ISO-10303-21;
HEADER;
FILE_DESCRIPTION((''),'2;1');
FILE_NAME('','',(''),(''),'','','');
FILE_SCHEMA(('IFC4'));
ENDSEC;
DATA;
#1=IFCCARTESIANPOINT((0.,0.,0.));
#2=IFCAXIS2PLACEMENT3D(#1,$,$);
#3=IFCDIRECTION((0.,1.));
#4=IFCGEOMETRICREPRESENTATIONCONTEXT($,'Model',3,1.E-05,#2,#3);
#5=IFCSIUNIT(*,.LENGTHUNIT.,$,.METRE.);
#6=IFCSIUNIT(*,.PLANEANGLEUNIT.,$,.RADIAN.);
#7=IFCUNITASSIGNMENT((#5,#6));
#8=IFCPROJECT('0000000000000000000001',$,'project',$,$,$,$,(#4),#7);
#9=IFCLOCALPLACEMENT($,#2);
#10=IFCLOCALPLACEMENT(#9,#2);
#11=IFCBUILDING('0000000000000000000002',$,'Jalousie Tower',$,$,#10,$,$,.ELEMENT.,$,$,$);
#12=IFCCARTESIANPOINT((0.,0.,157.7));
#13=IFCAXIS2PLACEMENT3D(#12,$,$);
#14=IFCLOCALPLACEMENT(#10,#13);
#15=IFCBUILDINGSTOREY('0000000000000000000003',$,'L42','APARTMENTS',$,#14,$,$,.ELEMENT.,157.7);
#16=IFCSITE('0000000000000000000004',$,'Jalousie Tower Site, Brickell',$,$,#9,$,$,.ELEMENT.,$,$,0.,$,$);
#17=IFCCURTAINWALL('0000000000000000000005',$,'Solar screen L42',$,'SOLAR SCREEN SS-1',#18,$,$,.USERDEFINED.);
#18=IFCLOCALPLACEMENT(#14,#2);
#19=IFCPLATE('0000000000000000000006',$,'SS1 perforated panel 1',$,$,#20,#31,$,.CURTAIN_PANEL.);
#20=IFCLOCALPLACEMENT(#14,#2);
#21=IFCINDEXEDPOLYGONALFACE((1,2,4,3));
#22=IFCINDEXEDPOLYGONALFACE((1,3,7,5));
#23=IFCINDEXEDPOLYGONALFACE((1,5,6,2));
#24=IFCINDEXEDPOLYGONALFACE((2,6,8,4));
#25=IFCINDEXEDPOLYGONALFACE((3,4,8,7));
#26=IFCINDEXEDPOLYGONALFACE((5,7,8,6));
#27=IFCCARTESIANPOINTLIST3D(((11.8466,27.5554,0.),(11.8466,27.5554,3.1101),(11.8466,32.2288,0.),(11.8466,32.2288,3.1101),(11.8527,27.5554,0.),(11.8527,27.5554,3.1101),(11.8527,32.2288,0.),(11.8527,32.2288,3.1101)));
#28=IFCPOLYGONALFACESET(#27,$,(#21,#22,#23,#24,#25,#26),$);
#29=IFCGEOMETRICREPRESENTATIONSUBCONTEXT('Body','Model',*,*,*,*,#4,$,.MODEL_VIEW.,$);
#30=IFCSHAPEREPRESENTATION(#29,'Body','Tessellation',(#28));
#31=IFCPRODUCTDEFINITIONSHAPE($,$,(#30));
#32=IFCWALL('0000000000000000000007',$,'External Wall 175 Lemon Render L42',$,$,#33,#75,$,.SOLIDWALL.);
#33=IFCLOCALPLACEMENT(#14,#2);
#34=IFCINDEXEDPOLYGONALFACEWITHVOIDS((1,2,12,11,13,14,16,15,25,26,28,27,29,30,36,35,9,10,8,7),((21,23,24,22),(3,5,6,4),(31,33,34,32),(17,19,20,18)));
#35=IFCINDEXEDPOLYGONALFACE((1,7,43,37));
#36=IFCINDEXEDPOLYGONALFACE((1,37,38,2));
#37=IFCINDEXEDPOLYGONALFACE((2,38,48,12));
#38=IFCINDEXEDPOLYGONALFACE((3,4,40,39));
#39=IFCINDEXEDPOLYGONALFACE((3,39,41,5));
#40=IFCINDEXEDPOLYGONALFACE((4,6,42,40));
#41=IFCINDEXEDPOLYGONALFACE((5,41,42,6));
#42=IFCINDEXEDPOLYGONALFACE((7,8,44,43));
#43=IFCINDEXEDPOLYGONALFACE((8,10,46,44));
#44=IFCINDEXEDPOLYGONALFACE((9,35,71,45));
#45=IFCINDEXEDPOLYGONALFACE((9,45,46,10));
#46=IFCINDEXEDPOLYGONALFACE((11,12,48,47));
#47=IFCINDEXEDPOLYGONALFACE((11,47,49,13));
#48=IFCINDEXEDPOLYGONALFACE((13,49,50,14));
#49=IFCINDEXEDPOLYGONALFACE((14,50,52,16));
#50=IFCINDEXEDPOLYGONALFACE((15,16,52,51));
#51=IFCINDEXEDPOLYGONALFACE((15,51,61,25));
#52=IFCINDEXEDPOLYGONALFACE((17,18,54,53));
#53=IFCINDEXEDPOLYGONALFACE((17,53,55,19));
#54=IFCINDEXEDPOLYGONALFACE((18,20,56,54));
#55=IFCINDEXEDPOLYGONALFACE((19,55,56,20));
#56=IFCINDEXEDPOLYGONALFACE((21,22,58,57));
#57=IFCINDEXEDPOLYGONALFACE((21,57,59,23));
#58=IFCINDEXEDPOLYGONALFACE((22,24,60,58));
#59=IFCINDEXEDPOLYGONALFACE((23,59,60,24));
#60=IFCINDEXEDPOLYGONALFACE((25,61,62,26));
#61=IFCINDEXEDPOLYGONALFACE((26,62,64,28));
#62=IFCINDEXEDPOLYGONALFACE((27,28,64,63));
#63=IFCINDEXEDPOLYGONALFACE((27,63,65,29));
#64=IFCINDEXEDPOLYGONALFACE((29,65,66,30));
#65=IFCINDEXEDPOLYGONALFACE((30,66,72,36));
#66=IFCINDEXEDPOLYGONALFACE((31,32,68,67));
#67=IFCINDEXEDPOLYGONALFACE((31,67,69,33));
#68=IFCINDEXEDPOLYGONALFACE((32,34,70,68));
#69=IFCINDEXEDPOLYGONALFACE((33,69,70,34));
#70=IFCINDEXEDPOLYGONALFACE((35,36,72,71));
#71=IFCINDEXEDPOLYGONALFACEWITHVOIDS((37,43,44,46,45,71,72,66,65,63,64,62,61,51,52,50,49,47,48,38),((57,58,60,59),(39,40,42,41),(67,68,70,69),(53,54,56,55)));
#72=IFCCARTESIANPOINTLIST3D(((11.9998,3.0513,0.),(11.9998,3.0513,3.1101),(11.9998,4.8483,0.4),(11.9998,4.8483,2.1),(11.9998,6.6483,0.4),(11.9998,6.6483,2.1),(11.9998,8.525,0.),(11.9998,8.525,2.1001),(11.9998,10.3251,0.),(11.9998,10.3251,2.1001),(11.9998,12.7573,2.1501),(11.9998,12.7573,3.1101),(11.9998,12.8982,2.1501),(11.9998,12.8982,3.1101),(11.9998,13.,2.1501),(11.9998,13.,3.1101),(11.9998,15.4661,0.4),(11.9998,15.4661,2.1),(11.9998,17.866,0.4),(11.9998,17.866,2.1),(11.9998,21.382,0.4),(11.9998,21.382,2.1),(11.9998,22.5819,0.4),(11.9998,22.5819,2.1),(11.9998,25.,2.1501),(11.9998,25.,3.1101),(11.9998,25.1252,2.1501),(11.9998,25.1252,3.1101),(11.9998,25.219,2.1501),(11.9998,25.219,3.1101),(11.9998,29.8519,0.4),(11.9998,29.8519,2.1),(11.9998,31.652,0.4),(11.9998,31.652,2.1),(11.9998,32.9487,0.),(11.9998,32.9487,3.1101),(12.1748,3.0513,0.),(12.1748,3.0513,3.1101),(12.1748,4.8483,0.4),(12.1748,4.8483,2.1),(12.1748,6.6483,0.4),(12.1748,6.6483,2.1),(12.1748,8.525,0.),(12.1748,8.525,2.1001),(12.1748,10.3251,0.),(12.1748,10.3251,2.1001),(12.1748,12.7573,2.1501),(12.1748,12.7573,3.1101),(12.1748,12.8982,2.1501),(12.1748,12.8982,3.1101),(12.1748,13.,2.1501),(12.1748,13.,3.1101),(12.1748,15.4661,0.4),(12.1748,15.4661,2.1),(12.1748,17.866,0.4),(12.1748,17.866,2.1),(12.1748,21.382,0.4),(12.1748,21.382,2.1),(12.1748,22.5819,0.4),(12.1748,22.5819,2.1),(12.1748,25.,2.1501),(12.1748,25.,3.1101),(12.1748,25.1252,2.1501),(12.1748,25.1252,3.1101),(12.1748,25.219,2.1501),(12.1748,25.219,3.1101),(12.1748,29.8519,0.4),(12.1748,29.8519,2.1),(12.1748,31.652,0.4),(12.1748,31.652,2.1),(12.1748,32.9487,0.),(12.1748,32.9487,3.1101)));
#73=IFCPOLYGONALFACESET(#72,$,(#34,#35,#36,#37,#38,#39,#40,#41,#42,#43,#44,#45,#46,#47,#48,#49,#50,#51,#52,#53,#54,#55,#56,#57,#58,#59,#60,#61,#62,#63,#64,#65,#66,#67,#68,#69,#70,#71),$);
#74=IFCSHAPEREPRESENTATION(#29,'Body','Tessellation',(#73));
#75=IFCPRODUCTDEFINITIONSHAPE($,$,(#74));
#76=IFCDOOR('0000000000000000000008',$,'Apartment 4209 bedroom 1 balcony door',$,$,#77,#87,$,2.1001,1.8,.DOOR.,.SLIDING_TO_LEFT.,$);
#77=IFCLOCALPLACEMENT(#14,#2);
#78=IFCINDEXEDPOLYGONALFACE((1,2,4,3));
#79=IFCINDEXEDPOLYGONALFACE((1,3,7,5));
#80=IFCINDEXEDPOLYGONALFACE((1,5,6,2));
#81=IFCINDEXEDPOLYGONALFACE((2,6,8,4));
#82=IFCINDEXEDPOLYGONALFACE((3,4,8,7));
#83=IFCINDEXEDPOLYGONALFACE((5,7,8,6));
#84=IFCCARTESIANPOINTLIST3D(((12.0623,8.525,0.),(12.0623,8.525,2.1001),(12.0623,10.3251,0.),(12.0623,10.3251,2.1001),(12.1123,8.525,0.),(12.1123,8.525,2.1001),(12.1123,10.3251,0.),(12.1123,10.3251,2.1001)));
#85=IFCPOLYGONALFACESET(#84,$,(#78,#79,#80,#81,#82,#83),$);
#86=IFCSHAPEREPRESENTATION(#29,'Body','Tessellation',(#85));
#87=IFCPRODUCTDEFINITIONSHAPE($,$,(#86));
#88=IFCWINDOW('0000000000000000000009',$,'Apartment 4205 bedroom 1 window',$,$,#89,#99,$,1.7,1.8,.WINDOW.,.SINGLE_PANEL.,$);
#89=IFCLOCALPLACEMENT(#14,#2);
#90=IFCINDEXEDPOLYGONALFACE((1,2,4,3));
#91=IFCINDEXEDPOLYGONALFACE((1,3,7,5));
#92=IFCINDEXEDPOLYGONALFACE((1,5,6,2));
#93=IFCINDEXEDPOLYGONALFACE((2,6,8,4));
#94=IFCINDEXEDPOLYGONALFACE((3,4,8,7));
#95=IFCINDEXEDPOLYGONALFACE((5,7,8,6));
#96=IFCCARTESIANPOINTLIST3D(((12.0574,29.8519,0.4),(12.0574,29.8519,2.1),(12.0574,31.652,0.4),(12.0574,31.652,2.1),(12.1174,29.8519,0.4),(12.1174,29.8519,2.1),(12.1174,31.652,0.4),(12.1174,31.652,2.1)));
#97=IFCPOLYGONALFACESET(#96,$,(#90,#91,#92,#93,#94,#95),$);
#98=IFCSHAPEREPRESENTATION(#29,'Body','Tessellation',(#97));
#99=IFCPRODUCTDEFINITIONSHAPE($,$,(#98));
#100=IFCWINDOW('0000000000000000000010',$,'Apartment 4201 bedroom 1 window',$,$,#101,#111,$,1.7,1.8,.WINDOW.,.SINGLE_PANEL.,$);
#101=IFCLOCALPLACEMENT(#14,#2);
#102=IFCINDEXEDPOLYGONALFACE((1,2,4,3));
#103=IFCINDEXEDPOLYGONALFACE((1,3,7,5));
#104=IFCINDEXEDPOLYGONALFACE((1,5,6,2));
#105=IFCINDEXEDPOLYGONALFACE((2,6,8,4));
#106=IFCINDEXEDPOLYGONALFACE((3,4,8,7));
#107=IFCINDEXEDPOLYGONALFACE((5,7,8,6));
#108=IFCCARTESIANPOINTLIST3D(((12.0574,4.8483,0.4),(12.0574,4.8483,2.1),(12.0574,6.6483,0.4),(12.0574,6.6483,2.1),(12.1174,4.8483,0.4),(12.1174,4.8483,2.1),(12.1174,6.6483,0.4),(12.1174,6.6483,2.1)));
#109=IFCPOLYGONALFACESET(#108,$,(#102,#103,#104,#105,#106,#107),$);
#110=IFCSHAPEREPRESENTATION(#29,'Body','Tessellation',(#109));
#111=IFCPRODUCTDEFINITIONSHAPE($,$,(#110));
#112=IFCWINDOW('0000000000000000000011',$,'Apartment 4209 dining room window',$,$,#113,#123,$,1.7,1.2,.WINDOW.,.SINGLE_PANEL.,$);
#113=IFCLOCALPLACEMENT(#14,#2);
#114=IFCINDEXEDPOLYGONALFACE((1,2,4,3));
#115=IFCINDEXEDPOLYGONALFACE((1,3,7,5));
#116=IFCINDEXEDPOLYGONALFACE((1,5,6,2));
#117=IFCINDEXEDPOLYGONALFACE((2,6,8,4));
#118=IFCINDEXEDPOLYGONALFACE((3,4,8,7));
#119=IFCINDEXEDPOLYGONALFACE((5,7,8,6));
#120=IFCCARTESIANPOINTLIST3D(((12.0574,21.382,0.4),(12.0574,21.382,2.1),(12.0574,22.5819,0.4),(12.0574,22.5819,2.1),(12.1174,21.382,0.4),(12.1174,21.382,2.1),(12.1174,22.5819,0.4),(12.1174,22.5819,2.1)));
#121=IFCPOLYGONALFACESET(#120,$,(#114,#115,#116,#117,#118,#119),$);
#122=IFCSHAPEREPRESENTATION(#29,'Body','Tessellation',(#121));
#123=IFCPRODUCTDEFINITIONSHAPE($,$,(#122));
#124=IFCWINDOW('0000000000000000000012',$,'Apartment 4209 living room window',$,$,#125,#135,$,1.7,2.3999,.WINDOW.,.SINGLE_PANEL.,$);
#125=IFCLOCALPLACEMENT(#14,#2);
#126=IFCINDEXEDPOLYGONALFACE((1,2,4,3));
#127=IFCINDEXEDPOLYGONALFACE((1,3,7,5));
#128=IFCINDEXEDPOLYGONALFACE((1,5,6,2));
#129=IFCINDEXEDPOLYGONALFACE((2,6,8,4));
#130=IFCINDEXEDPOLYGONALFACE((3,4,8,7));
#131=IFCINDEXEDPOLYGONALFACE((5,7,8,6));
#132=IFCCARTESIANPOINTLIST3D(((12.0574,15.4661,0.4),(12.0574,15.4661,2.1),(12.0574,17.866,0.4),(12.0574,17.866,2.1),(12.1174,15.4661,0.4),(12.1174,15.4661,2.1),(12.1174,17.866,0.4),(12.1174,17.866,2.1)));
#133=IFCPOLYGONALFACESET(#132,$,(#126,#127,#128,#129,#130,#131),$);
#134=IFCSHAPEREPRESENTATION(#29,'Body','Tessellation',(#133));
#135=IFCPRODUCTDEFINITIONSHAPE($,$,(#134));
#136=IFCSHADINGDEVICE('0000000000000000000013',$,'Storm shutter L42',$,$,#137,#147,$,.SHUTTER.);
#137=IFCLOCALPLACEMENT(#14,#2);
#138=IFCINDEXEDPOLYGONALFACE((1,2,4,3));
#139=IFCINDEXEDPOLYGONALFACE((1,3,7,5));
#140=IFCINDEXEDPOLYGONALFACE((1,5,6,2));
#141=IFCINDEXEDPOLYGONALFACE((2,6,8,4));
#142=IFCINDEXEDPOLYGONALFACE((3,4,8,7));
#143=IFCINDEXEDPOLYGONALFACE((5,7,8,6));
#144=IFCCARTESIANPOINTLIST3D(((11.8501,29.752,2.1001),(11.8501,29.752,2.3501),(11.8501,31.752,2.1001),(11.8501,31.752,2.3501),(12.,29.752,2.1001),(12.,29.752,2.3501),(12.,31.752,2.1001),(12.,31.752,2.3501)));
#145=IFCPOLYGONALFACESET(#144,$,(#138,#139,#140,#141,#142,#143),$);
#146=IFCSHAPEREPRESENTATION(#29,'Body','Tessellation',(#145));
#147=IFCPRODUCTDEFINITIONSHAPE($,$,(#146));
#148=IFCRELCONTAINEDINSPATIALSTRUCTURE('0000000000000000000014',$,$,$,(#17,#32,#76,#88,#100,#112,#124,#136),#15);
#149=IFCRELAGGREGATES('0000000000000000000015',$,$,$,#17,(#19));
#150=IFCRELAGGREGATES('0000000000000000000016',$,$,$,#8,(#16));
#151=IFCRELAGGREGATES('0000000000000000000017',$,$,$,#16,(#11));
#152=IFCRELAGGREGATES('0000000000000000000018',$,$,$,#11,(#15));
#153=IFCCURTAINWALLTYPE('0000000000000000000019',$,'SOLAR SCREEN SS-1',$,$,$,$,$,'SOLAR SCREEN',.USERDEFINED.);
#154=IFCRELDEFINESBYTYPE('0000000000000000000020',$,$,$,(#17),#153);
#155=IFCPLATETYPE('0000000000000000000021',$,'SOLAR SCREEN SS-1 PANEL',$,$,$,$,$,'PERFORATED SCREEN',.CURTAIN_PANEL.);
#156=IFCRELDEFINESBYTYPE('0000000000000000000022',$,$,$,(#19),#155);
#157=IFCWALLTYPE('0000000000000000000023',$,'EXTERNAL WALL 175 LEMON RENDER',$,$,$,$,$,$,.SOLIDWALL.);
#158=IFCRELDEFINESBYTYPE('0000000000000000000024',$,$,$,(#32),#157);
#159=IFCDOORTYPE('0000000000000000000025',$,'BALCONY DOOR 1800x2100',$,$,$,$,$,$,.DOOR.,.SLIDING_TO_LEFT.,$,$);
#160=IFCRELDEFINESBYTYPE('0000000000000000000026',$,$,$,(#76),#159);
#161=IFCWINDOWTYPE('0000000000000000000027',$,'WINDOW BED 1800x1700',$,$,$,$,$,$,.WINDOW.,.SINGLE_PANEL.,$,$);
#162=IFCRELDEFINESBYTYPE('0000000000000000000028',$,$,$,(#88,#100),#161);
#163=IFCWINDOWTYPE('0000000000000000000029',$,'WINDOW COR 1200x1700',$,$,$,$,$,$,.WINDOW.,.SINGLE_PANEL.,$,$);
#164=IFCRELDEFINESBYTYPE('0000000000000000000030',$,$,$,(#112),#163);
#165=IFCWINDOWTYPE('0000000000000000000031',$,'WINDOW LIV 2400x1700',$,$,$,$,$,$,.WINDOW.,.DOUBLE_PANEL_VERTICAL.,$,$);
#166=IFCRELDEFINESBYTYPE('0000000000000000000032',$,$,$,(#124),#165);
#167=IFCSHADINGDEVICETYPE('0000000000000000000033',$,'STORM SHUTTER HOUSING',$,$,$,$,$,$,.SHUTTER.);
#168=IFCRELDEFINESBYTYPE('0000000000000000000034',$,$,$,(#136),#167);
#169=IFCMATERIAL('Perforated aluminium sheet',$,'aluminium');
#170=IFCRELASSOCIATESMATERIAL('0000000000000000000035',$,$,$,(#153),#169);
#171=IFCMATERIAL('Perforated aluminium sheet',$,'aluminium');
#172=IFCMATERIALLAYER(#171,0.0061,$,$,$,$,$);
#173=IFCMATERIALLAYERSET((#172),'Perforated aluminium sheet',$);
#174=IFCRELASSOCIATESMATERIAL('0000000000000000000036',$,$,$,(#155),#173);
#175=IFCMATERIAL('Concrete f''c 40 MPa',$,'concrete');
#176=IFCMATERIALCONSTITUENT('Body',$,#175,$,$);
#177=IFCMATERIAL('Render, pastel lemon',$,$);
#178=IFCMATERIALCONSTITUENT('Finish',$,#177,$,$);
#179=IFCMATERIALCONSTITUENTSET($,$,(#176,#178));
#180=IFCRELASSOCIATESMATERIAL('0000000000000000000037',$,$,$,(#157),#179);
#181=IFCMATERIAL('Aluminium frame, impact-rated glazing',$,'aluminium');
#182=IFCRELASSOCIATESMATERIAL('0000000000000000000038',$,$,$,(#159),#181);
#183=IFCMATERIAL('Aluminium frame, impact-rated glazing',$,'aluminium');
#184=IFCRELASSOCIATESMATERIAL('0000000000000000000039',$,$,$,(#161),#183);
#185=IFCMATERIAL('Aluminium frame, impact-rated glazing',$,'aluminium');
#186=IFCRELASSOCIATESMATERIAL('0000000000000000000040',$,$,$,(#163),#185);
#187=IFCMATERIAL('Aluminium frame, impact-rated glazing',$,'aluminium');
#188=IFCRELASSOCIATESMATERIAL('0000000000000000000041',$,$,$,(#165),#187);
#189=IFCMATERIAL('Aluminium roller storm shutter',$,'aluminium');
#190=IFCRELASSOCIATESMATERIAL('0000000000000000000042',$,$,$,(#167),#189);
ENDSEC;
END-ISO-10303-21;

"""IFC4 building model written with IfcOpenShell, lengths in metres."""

from ifc_helpers import new_model, si_unit, direction, frame, frame_2d, origin, origin_2d, place, context, subcontext, project, spatial, polyline, rectangle, outline, extrude, material, layer, layer_set, constituent, constituent_set, type_object, element, fill, aggregate, save


model = new_model("IFC4")

# Units and contexts
model_context = context("Model", 3, precision=1e-05, world=origin(), true_north=direction((0.0, 1.0)))
body_context = subcontext(model_context, "Body", "Model", "MODEL_VIEW")
ifc_project = project(units=[si_unit("LENGTHUNIT", "METRE"), si_unit("PLANEANGLEUNIT", "RADIAN")], contexts=[model_context])

# Site, building, storey
site_placement = place(None, origin())
site = spatial("IfcSite", under=ifc_project, at=site_placement, Name="Jalousie Tower Site, Brickell", CompositionType="ELEMENT", RefElevation=0.0)
building_placement = place(site_placement, origin())
building = spatial("IfcBuilding", under=site, at=building_placement, Name="Jalousie Tower", CompositionType="ELEMENT")
storey_placement = place(building_placement, frame((0.0, 0.0, 157.7)))
storey = spatial("IfcBuildingStorey", under=building, at=storey_placement, Name="L42", Description="APARTMENTS", CompositionType="ELEMENT", Elevation=157.7)

# Curtain wall
ifc_material_1 = material(Name="Perforated aluminium sheet", Category="aluminium")
curtain_wall_type_1 = type_object("IfcCurtainWallType", Name="SOLAR SCREEN SS-1", ElementType="SOLAR SCREEN", PredefinedType="USERDEFINED", material=ifc_material_1)
curtain_wall_1_placement = place(storey_placement, origin())
curtain_wall_1 = element("IfcCurtainWall", 1, at=curtain_wall_1_placement, inside=storey, type_object=curtain_wall_type_1, Name="Solar screen L42", ObjectType="SOLAR SCREEN SS-1", PredefinedType="USERDEFINED")

# Plate
ifc_material_2 = material(Name="Perforated aluminium sheet", Category="aluminium")
ifc_layer_1 = layer(ifc_material_2, 0.0061)
ifc_layer_set_1 = layer_set([ifc_layer_1], Name="Perforated aluminium sheet")
plate_type_1 = type_object("IfcPlateType", Name="SOLAR SCREEN SS-1 PANEL", ElementType="PERFORATED SCREEN", PredefinedType="CURTAIN_PANEL", material=ifc_layer_set_1)
plate_1_placement = place(storey_placement, frame((11.8496, 29.8921, 0.0), z_axis=(0.0, 0.0, 1.0), x_axis=(0.0, -1.0, 0.0)))
plate_1 = element("IfcPlate", 2, at=plate_1_placement, type_object=plate_type_1, Name="SS1 perforated panel 1", PredefinedType="CURTAIN_PANEL", context=body_context, shape_type="SweptSolid", body=[
    extrude(rectangle(XDim=4.6733, YDim=0.0061, at=origin_2d()), origin(), (0.0, 0.0, 1.0), 3.1101),
])
aggregate(curtain_wall_1, [plate_1])

# Wall, openings, door, windows
ifc_material_3 = material(Name="Concrete f'c 40 MPa", Category="concrete")
ifc_constituent_1 = constituent(ifc_material_3, Name="Body")
ifc_material_4 = material(Name="Render, pastel lemon")
ifc_constituent_2 = constituent(ifc_material_4, Name="Finish")
ifc_constituent_set = constituent_set(constituents=[ifc_constituent_1, ifc_constituent_2])
wall_type = type_object("IfcWallType", Name="EXTERNAL WALL 175 LEMON RENDER", PredefinedType="SOLIDWALL", material=ifc_constituent_set)
wall_placement = place(storey_placement, frame((12.0874, 32.9487, 0.0), z_axis=(0.0, 0.0, 1.0), x_axis=(0.0, -1.0, 0.0)))
wall = element("IfcWall", 3, at=wall_placement, inside=storey, type_object=wall_type, Name="External Wall 175 Lemon Render L42", PredefinedType="SOLIDWALL", context=body_context, shape_type="SweptSolid", body=[
    extrude(outline(polyline([(0.0, 0.0), (29.8975, 0.0), (29.8975, 3.1101), (20.1914, 3.1101), (20.1914, 2.1501), (20.0505, 2.1501), (20.0505, 3.1101), (19.9487, 3.1101), (19.9487, 2.1501), (7.9487, 2.1501), (7.9487, 3.1101), (7.8235, 3.1101), (7.8235, 2.1501), (7.7297, 2.1501), (7.7297, 3.1101), (0.0, 3.1101), (0.0, 0.0)])), frame((0.0, 0.0874, 0.0), z_axis=(0.0, -1.0, 0.0), x_axis=(1.0, 0.0, 0.0)), (0.0, 0.0, 1.0), 0.175),
])
opening_1_placement = place(wall_placement, frame((1.2969, 0.0, 0.3999)))
opening_1 = element("IfcOpeningElement", 4, at=opening_1_placement, cuts=wall, PredefinedType="OPENING", context=body_context, shape_type="SweptSolid", body=[
    extrude(rectangle(XDim=1.8, YDim=1.7, at=frame_2d((0.8999, 0.8501))), frame((0.0, 0.0974, 0.0), z_axis=(0.0, -1.0, 0.0), x_axis=(1.0, 0.0, 0.0)), (0.0, 0.0, 1.0), 0.1951),
])
opening_2_placement = place(wall_placement, frame((10.3667, 0.0, 0.3999)))
opening_2 = element("IfcOpeningElement", 5, at=opening_2_placement, cuts=wall, PredefinedType="OPENING", context=body_context, shape_type="SweptSolid", body=[
    extrude(rectangle(XDim=1.2, YDim=1.7, at=frame_2d((0.6001, 0.8501))), frame((0.0, 0.0974, 0.0), z_axis=(0.0, -1.0, 0.0), x_axis=(1.0, 0.0, 0.0)), (0.0, 0.0, 1.0), 0.1951),
])
opening_3_placement = place(wall_placement, frame((15.0828, 0.0, 0.3999)))
opening_3 = element("IfcOpeningElement", 6, at=opening_3_placement, cuts=wall, PredefinedType="OPENING", context=body_context, shape_type="SweptSolid", body=[
    extrude(rectangle(XDim=2.3999, YDim=1.7, at=frame_2d((1.2, 0.8501))), frame((0.0, 0.0974, 0.0), z_axis=(0.0, -1.0, 0.0), x_axis=(1.0, 0.0, 0.0)), (0.0, 0.0, 1.0), 0.1951),
])
opening_4_placement = place(wall_placement, frame((22.6238, 0.0, 0.0)))
opening_4 = element("IfcOpeningElement", 7, at=opening_4_placement, cuts=wall, PredefinedType="OPENING", context=body_context, shape_type="SweptSolid", body=[
    extrude(rectangle(XDim=1.8, YDim=2.1001, at=frame_2d((0.8999, 1.05))), frame((0.0, 0.0974, 0.0), z_axis=(0.0, -1.0, 0.0), x_axis=(1.0, 0.0, 0.0)), (0.0, 0.0, 1.0), 0.1951),
])
opening_5_placement = place(wall_placement, frame((26.3005, 0.0, 0.3999)))
opening_5 = element("IfcOpeningElement", 8, at=opening_5_placement, cuts=wall, PredefinedType="OPENING", context=body_context, shape_type="SweptSolid", body=[
    extrude(rectangle(XDim=1.8, YDim=1.7, at=frame_2d((0.8999, 0.8501))), frame((0.0, 0.0974, 0.0), z_axis=(0.0, -1.0, 0.0), x_axis=(1.0, 0.0, 0.0)), (0.0, 0.0, 1.0), 0.1951),
])
ifc_material_5 = material(Name="Aluminium frame, impact-rated glazing", Category="aluminium")
door_type = type_object("IfcDoorType", Name="BALCONY DOOR 1800x2100", OperationType="SLIDING_TO_LEFT", PredefinedType="DOOR", material=ifc_material_5)
door_placement = place(opening_4_placement, origin())
door = element("IfcDoor", 9, at=door_placement, inside=storey, type_object=door_type, Name="Apartment 4209 bedroom 1 balcony door", OperationType="SLIDING_TO_LEFT", OverallHeight=2.1001, OverallWidth=1.8, PredefinedType="DOOR", context=body_context, shape_type="SweptSolid", body=[
    extrude(rectangle(XDim=1.8, YDim=2.1001, at=frame_2d((0.8999, 1.05))), frame((0.0, 0.0249, 0.0), z_axis=(0.0, -1.0, 0.0), x_axis=(1.0, 0.0, 0.0)), (0.0, 0.0, 1.0), 0.05),
])
fill(opening_4, door)
ifc_material_6 = material(Name="Aluminium frame, impact-rated glazing", Category="aluminium")
window_type_1 = type_object("IfcWindowType", Name="WINDOW BED 1800x1700", PartitioningType="SINGLE_PANEL", PredefinedType="WINDOW", material=ifc_material_6)
window_1_placement = place(opening_1_placement, origin())
window_1 = element("IfcWindow", 10, at=window_1_placement, inside=storey, type_object=window_type_1, Name="Apartment 4205 bedroom 1 window", OverallHeight=1.7, OverallWidth=1.8, PartitioningType="SINGLE_PANEL", PredefinedType="WINDOW", context=body_context, shape_type="SweptSolid", body=[
    extrude(rectangle(XDim=1.8, YDim=1.7, at=frame_2d((0.8999, 0.8501))), frame((0.0, 0.03, 0.0), z_axis=(0.0, -1.0, 0.0), x_axis=(1.0, 0.0, 0.0)), (0.0, 0.0, 1.0), 0.0601),
])
fill(opening_1, window_1)
window_2_placement = place(opening_5_placement, origin())
window_2 = element("IfcWindow", 11, at=window_2_placement, inside=storey, type_object=window_type_1, Name="Apartment 4201 bedroom 1 window", OverallHeight=1.7, OverallWidth=1.8, PartitioningType="SINGLE_PANEL", PredefinedType="WINDOW", context=body_context, shape_type="SweptSolid", body=[
    extrude(rectangle(XDim=1.8, YDim=1.7, at=frame_2d((0.8999, 0.8501))), frame((0.0, 0.03, 0.0), z_axis=(0.0, -1.0, 0.0), x_axis=(1.0, 0.0, 0.0)), (0.0, 0.0, 1.0), 0.0601),
])
fill(opening_5, window_2)
ifc_material_7 = material(Name="Aluminium frame, impact-rated glazing", Category="aluminium")
window_type_2 = type_object("IfcWindowType", Name="WINDOW COR 1200x1700", PartitioningType="SINGLE_PANEL", PredefinedType="WINDOW", material=ifc_material_7)
window_3_placement = place(opening_2_placement, origin())
window_3 = element("IfcWindow", 12, at=window_3_placement, inside=storey, type_object=window_type_2, Name="Apartment 4209 dining room window", OverallHeight=1.7, OverallWidth=1.2, PartitioningType="SINGLE_PANEL", PredefinedType="WINDOW", context=body_context, shape_type="SweptSolid", body=[
    extrude(rectangle(XDim=1.2, YDim=1.7, at=frame_2d((0.6001, 0.8501))), frame((0.0, 0.03, 0.0), z_axis=(0.0, -1.0, 0.0), x_axis=(1.0, 0.0, 0.0)), (0.0, 0.0, 1.0), 0.0601),
])
fill(opening_2, window_3)
ifc_material_8 = material(Name="Aluminium frame, impact-rated glazing", Category="aluminium")
window_type_3 = type_object("IfcWindowType", Name="WINDOW LIV 2400x1700", PartitioningType="DOUBLE_PANEL_VERTICAL", PredefinedType="WINDOW", material=ifc_material_8)
window_4_placement = place(opening_3_placement, origin())
window_4 = element("IfcWindow", 13, at=window_4_placement, inside=storey, type_object=window_type_3, Name="Apartment 4209 living room window", OverallHeight=1.7, OverallWidth=2.3999, PartitioningType="SINGLE_PANEL", PredefinedType="WINDOW", context=body_context, shape_type="SweptSolid", body=[
    extrude(rectangle(XDim=2.3999, YDim=1.7, at=frame_2d((1.2, 0.8501))), frame((0.0, 0.03, 0.0), z_axis=(0.0, -1.0, 0.0), x_axis=(1.0, 0.0, 0.0)), (0.0, 0.0, 1.0), 0.0601),
])
fill(opening_3, window_4)

# Shading device
ifc_material_9 = material(Name="Aluminium roller storm shutter", Category="aluminium")
shading_device_type = type_object("IfcShadingDeviceType", Name="STORM SHUTTER HOUSING", PredefinedType="SHUTTER", material=ifc_material_9)
shading_device_placement = place(storey_placement, frame((11.925, 30.752, 2.1001), z_axis=(0.0, 0.0, 1.0), x_axis=(0.0, -1.0, 0.0)))
element("IfcShadingDevice", 14, at=shading_device_placement, inside=storey, type_object=shading_device_type, Name="Storm shutter L42", PredefinedType="SHUTTER", context=body_context, shape_type="SweptSolid", body=[
    extrude(rectangle(XDim=2.0, YDim=0.1499, at=origin_2d()), origin(), (0.0, 0.0, 1.0), 0.25),
])

save(model, "model.ifc")
